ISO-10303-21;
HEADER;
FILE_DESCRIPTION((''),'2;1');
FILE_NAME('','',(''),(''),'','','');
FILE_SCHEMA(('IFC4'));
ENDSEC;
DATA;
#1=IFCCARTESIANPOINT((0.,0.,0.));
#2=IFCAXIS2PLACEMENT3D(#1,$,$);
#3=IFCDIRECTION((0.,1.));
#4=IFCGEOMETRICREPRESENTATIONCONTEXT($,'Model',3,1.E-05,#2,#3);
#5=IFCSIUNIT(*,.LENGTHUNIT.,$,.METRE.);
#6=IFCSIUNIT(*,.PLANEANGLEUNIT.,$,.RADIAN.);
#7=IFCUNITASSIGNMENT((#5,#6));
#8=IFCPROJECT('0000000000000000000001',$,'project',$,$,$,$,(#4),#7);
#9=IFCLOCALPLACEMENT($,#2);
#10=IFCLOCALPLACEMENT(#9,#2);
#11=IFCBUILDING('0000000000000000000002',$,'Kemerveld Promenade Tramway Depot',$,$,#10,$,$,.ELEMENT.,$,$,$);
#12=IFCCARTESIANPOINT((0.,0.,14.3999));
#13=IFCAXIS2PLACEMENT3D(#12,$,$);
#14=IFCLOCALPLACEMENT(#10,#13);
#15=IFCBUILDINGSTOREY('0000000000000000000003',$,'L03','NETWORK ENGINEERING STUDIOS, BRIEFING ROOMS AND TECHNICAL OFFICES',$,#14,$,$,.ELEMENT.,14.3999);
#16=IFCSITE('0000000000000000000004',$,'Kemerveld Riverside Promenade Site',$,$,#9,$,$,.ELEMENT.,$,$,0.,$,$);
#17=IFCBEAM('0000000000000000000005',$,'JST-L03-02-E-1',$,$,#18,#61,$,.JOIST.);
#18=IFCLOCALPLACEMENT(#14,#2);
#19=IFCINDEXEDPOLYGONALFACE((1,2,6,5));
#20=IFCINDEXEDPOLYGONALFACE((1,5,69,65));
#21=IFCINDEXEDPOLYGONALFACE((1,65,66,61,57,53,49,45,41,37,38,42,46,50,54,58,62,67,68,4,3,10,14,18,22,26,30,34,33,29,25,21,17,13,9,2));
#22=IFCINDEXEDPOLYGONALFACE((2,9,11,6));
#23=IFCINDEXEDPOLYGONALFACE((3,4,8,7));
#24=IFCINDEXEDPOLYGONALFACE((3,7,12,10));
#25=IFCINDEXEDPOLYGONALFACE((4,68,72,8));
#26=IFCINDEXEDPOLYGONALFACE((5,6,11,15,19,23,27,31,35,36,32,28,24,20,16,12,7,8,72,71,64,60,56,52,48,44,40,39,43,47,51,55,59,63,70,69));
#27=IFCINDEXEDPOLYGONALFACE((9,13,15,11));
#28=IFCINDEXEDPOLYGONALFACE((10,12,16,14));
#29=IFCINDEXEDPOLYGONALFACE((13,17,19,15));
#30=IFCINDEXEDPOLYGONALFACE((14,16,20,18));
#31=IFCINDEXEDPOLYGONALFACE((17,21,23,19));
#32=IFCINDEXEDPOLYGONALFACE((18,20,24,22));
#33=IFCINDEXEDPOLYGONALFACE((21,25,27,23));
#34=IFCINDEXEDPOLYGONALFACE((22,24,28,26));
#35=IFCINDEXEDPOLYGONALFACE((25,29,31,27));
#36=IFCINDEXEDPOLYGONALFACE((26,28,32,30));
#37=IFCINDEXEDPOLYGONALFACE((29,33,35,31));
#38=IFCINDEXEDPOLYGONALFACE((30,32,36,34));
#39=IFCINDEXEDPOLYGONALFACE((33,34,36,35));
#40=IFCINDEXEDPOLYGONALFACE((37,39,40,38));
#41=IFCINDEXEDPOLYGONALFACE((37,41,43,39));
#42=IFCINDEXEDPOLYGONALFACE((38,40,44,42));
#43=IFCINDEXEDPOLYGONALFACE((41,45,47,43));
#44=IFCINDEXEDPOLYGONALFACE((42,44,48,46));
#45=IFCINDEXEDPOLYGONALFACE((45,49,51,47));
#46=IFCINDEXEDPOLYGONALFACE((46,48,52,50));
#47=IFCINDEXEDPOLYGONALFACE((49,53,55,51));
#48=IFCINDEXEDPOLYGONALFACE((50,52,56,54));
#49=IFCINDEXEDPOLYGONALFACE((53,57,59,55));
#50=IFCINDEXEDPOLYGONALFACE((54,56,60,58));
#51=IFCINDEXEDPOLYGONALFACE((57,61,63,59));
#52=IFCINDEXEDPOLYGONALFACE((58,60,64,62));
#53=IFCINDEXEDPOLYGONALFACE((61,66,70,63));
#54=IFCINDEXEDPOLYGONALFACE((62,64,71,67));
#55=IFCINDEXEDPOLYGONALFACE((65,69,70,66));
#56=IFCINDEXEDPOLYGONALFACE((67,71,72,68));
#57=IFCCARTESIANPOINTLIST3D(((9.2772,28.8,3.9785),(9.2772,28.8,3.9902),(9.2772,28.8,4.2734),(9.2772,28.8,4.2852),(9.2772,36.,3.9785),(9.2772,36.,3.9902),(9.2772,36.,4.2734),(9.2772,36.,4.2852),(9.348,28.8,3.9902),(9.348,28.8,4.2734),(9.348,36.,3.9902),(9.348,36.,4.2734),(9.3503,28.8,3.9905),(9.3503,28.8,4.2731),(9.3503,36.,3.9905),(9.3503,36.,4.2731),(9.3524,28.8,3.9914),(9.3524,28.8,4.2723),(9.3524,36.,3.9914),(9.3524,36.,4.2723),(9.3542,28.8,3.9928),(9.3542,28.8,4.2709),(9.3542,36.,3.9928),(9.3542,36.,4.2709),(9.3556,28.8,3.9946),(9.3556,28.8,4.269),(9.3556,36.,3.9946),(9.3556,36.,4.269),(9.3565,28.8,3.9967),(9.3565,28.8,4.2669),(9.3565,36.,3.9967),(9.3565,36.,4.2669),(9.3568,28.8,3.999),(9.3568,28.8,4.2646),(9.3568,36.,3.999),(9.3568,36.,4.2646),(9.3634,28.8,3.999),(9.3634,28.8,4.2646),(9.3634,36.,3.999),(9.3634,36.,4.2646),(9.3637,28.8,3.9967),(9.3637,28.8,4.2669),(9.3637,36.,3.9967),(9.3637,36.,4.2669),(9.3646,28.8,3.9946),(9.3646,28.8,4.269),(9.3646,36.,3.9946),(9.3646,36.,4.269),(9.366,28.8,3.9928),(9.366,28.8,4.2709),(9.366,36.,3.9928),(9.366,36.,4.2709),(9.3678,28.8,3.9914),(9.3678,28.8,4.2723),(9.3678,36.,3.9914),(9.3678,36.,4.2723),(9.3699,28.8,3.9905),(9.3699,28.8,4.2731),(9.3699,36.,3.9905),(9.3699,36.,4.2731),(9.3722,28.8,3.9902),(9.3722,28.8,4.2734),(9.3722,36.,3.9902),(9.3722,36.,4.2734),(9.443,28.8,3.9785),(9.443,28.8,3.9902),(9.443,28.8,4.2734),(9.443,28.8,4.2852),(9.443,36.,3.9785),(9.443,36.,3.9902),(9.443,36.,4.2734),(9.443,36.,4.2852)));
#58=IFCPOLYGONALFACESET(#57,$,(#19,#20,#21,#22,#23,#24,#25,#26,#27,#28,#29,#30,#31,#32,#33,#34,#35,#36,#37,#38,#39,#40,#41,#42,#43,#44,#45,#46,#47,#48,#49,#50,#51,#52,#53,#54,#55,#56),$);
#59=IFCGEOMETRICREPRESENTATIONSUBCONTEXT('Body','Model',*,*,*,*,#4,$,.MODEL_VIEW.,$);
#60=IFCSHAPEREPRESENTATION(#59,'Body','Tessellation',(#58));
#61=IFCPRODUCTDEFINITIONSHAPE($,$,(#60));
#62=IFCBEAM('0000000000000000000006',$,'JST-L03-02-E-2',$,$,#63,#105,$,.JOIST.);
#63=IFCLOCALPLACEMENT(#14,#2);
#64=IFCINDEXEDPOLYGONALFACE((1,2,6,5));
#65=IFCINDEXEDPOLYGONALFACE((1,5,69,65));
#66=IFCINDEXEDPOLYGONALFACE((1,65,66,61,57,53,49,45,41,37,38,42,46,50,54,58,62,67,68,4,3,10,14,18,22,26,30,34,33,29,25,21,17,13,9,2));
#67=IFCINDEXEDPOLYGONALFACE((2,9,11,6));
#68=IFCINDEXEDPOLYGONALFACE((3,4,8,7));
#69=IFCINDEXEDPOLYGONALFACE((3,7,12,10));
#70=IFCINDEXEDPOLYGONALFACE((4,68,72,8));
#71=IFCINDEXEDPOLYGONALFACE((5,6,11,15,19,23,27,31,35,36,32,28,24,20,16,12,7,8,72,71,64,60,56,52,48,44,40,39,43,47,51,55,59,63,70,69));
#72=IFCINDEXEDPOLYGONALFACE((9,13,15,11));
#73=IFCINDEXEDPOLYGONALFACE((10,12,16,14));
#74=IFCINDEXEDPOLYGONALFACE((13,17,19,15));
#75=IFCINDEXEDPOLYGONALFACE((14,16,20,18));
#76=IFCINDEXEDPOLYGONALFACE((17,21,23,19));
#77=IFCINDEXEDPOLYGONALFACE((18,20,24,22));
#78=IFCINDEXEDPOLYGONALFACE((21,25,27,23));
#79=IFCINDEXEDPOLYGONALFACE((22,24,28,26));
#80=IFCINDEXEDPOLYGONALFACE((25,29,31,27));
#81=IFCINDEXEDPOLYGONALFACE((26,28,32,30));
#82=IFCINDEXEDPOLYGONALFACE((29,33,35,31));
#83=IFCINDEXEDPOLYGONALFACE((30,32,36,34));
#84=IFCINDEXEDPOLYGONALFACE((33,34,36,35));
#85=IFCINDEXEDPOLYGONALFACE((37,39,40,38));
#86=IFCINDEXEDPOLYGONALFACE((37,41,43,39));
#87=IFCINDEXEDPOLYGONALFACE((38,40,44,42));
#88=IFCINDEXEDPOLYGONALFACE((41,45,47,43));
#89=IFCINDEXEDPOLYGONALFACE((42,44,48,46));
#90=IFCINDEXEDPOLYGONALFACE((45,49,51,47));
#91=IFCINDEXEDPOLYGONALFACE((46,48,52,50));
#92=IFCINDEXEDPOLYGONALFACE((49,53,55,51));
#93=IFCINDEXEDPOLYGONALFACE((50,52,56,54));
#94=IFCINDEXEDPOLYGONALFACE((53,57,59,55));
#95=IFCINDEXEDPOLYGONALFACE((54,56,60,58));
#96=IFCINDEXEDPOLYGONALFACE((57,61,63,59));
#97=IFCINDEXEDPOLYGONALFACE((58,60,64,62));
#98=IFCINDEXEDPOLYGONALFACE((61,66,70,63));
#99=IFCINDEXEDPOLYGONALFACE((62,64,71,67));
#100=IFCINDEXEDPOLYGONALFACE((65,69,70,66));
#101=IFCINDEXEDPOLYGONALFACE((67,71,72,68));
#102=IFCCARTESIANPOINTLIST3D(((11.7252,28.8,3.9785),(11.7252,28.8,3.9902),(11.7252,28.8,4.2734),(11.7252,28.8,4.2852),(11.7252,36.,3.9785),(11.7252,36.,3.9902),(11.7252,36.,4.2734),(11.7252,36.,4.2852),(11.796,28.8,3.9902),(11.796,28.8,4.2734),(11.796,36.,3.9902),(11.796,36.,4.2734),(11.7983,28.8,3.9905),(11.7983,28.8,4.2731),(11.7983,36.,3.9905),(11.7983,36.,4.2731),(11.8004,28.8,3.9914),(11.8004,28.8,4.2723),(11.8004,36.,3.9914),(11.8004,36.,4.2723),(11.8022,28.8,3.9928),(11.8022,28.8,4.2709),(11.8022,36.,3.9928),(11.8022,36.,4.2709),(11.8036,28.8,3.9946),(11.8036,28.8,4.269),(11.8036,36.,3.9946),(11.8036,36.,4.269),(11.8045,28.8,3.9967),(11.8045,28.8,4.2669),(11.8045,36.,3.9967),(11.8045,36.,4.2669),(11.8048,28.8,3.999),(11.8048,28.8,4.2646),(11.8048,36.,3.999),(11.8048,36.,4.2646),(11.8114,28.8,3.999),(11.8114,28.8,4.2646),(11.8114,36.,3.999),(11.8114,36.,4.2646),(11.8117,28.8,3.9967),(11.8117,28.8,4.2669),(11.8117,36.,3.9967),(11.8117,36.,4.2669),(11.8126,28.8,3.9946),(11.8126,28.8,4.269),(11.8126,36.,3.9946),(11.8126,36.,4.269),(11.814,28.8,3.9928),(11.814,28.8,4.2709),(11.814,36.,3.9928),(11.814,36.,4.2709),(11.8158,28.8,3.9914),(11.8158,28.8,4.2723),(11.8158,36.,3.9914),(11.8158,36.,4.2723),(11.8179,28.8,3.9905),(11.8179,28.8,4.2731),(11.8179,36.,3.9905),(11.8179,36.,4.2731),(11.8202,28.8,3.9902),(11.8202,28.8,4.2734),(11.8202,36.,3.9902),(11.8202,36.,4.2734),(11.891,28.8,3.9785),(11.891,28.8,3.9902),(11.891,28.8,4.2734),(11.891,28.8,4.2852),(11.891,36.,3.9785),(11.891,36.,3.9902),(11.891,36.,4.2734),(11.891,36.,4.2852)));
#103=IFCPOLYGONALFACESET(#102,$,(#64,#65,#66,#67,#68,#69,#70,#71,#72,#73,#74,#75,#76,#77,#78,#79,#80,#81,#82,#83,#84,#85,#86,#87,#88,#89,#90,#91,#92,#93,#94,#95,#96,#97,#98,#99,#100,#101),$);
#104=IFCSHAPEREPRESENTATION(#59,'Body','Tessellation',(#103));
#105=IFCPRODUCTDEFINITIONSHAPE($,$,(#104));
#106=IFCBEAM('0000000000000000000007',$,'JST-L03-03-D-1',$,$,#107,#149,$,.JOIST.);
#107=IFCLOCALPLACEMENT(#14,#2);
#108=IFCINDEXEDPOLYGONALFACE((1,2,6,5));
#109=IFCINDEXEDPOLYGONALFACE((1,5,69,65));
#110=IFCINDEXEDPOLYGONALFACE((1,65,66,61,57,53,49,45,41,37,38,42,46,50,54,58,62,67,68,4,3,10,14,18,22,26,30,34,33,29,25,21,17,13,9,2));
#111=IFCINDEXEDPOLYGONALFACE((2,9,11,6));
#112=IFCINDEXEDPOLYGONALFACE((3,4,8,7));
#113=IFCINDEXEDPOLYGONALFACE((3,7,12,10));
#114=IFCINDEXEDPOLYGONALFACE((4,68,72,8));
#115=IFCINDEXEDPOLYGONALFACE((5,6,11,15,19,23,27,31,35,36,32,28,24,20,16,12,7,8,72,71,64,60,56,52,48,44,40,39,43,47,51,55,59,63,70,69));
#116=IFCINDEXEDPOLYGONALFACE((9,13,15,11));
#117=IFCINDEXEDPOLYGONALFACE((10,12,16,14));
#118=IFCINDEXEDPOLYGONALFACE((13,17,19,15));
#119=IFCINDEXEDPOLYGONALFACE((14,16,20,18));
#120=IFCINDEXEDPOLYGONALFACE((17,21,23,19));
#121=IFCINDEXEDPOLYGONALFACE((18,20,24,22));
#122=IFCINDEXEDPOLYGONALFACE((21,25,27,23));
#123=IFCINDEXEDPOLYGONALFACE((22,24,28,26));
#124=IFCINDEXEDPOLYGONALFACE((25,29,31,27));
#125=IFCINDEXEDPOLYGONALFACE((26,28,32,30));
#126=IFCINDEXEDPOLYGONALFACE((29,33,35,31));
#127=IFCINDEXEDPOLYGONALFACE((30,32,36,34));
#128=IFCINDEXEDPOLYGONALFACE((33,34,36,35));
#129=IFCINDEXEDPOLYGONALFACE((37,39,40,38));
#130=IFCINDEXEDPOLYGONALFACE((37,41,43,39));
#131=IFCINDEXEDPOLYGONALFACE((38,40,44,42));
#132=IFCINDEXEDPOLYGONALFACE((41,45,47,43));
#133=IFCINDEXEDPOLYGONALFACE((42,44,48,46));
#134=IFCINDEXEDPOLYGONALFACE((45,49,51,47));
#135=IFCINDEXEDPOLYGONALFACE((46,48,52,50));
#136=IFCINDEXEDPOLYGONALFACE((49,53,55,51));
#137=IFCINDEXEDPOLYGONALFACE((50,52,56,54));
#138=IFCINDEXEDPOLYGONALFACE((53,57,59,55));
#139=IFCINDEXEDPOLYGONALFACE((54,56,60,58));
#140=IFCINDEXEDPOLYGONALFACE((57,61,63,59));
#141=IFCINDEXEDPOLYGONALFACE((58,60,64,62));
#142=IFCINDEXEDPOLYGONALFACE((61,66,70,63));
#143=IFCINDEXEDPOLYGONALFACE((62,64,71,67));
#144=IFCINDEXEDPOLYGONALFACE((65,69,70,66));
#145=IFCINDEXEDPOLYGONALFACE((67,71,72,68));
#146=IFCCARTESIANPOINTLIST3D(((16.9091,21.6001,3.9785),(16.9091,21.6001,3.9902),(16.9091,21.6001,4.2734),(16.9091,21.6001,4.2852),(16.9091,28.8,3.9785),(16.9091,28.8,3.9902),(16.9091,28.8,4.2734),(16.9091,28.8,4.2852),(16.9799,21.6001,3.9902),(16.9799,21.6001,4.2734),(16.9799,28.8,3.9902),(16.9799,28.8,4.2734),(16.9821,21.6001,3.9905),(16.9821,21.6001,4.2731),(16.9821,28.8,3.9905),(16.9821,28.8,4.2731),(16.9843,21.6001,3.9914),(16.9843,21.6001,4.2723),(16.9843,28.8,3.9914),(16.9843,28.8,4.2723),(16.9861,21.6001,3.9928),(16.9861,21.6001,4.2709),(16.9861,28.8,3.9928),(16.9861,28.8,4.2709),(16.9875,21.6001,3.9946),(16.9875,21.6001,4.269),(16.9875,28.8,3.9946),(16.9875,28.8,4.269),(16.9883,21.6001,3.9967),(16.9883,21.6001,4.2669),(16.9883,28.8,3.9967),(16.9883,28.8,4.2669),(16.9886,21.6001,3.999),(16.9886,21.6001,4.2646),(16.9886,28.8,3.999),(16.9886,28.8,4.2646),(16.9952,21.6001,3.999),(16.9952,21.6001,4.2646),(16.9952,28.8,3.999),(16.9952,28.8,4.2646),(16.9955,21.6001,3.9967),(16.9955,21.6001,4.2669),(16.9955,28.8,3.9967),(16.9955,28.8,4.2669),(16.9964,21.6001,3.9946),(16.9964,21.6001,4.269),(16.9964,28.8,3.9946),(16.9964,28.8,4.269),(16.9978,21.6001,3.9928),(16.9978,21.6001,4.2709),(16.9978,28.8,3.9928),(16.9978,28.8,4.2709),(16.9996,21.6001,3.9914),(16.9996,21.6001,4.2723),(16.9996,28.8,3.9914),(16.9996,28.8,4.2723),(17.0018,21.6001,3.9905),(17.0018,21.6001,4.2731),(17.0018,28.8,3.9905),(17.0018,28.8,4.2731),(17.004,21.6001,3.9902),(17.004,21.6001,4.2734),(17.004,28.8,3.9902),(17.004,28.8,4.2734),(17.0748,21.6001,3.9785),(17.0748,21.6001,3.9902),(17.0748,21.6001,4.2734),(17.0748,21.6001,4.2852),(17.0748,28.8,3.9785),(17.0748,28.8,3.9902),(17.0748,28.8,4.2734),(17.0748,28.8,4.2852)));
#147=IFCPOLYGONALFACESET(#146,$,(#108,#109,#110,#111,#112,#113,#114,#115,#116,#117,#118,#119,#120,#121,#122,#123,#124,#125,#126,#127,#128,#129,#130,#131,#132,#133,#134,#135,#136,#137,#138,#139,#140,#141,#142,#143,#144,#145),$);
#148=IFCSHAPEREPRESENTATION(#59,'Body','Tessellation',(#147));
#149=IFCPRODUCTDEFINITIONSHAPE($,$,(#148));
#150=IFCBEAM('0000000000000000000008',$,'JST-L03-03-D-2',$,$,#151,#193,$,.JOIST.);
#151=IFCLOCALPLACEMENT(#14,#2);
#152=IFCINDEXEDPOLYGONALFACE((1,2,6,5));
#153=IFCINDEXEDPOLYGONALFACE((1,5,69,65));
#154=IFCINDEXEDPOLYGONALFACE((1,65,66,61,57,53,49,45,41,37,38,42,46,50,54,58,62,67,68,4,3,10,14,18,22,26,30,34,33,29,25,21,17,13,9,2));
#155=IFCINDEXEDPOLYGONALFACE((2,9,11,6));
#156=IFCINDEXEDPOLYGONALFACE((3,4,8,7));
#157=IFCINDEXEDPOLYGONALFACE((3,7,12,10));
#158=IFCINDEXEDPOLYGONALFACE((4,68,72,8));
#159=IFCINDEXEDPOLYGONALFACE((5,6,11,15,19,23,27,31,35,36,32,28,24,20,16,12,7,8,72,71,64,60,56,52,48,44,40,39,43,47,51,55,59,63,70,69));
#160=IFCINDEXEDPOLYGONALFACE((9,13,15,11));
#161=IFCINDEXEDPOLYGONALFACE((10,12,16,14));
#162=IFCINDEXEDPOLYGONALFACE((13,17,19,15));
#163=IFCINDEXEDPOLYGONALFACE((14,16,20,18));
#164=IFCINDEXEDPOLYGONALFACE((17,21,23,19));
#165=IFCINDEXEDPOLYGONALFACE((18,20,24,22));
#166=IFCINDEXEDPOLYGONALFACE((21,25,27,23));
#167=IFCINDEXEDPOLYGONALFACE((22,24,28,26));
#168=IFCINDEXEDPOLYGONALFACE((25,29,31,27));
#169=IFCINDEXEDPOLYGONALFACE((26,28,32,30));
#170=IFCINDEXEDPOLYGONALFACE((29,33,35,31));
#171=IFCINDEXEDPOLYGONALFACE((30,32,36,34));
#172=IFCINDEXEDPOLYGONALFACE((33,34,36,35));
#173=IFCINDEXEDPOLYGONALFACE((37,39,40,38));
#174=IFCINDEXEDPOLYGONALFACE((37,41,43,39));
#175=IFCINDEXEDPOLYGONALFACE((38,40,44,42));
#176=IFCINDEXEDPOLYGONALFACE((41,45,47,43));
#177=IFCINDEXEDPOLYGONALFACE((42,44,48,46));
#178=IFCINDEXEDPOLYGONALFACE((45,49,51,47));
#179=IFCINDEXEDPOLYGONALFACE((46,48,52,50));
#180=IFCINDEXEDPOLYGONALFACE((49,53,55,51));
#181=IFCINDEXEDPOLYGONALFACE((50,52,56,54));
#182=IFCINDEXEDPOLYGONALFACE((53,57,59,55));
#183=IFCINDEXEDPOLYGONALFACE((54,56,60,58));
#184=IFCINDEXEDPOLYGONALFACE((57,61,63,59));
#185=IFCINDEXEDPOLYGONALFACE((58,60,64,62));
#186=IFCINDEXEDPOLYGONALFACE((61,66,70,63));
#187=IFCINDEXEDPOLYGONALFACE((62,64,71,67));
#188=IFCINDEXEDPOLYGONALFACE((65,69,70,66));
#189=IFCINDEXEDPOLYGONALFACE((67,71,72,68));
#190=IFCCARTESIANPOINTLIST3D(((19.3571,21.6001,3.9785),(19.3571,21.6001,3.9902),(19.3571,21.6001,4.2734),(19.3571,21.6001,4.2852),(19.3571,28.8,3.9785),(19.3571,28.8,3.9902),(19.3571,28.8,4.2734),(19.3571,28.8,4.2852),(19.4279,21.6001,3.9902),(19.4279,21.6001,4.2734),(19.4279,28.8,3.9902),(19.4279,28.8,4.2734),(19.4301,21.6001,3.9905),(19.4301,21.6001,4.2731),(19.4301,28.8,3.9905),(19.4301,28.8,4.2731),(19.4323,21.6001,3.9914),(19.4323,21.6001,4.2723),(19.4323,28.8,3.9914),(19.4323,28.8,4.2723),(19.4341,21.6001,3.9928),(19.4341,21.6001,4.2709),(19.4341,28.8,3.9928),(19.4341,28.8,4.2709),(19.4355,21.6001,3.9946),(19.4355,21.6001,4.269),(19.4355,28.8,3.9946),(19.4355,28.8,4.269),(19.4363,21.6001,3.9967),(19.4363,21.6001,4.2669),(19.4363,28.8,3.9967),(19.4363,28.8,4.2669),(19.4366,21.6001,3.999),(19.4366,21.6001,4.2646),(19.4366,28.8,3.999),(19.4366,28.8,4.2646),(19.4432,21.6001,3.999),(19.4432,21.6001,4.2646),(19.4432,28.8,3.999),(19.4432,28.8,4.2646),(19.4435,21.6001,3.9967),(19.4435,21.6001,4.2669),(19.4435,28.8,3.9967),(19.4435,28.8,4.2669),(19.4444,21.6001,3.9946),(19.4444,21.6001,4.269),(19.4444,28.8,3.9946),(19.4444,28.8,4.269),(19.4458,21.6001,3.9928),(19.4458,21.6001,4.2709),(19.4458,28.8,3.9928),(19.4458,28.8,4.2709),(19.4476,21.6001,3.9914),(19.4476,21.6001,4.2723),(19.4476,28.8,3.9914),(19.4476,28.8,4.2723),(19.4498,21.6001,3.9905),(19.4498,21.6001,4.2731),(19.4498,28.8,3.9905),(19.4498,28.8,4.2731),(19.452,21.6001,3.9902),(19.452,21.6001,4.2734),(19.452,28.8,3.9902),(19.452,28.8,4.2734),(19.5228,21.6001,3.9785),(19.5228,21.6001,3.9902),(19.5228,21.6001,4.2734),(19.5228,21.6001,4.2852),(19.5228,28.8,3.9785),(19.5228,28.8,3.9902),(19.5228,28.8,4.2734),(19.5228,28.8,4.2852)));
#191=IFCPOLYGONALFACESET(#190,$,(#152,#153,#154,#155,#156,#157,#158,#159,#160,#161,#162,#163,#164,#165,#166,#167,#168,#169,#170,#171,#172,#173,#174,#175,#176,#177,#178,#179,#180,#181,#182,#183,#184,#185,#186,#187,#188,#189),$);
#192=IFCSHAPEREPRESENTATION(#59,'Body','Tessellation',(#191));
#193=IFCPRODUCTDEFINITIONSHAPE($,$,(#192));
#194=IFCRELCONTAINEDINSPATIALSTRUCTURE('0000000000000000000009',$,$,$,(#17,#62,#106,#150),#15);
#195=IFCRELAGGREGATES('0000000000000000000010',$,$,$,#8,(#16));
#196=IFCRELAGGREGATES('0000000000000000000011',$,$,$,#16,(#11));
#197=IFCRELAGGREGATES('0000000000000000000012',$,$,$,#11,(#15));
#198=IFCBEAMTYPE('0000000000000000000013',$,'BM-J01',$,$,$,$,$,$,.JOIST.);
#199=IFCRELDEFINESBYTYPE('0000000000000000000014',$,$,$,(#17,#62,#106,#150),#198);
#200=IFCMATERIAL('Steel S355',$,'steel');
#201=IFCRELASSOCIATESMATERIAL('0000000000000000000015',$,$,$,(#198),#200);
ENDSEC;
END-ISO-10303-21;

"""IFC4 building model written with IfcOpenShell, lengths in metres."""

from ifc_helpers import new_model, si_unit, direction, frame, origin, origin_2d, place, context, subcontext, project, spatial, i_section, extrude, material, material_profile, profile_set, type_object, element, save


model = new_model("IFC4")

# Units and contexts
model_context = context("Model", 3, precision=1e-05, world=origin(), true_north=direction((0.0, 1.0)))
body_context = subcontext(model_context, "Body", "Model", "MODEL_VIEW")
ifc_project = project(units=[si_unit("LENGTHUNIT", "METRE"), si_unit("PLANEANGLEUNIT", "RADIAN")], contexts=[model_context])

# Site, building, storey
site_placement = place(None, origin())
site = spatial("IfcSite", under=ifc_project, at=site_placement, Name="Kemerveld Riverside Promenade Site", CompositionType="ELEMENT", RefElevation=0.0)
building_placement = place(site_placement, origin())
building = spatial("IfcBuilding", under=site, at=building_placement, Name="Kemerveld Promenade Tramway Depot", CompositionType="ELEMENT")
storey_placement = place(building_placement, frame((0.0, 0.0, 14.3999)))
storey = spatial("IfcBuildingStorey", under=building, at=storey_placement, Name="L03", Description="NETWORK ENGINEERING STUDIOS, BRIEFING ROOMS AND TECHNICAL OFFICES", CompositionType="ELEMENT", Elevation=14.3999)

# Shared definitions
ifc_material_1 = material(Name="Steel S355", Category="steel")

# Beams
ifc_material_profile_1 = material_profile(ifc_material_1, i_section(OverallWidth=0.1658, OverallDepth=0.3066, WebThickness=0.0066, FlangeThickness=0.0117, FilletRadius=0.0088, at=origin_2d()), Name="305x165x46 UB")
ifc_profile_set_1 = profile_set([ifc_material_profile_1], Name="Steel S355")
beam_type_1 = type_object("IfcBeamType", Name="BM-J01", PredefinedType="JOIST", material=ifc_profile_set_1)
for number, where, z_axis, x_axis, name in (
    (1, (9.3601, 28.8, 4.1318), (0.0, 1.0, 0.0), (-1.0, 0.0, 0.0), "JST-L03-02-E-1"),
    (2, (11.8081, 28.8, 4.1318), (0.0, 1.0, 0.0), (-1.0, 0.0, 0.0), "JST-L03-02-E-2"),
    (3, (16.9919, 21.6001, 4.1318), (0.0, 1.0, 0.0), (-1.0, 0.0, 0.0), "JST-L03-03-D-1"),
    (4, (19.4399, 21.6001, 4.1318), (0.0, 1.0, 0.0), (-1.0, 0.0, 0.0), "JST-L03-03-D-2"),
):
    element("IfcBeam", number, at=place(storey_placement, frame(where, z_axis=z_axis, x_axis=x_axis)), inside=storey, type_object=beam_type_1, Name=name, PredefinedType="JOIST", context=body_context, shape_type="SweptSolid", body=[
        extrude(i_section(OverallWidth=0.1658, OverallDepth=0.3066, WebThickness=0.0066, FlangeThickness=0.0117, FilletRadius=0.0088, at=origin_2d()), origin(), (0.0, 0.0, 1.0), 7.2),
    ])

save(model, "model.ifc")
